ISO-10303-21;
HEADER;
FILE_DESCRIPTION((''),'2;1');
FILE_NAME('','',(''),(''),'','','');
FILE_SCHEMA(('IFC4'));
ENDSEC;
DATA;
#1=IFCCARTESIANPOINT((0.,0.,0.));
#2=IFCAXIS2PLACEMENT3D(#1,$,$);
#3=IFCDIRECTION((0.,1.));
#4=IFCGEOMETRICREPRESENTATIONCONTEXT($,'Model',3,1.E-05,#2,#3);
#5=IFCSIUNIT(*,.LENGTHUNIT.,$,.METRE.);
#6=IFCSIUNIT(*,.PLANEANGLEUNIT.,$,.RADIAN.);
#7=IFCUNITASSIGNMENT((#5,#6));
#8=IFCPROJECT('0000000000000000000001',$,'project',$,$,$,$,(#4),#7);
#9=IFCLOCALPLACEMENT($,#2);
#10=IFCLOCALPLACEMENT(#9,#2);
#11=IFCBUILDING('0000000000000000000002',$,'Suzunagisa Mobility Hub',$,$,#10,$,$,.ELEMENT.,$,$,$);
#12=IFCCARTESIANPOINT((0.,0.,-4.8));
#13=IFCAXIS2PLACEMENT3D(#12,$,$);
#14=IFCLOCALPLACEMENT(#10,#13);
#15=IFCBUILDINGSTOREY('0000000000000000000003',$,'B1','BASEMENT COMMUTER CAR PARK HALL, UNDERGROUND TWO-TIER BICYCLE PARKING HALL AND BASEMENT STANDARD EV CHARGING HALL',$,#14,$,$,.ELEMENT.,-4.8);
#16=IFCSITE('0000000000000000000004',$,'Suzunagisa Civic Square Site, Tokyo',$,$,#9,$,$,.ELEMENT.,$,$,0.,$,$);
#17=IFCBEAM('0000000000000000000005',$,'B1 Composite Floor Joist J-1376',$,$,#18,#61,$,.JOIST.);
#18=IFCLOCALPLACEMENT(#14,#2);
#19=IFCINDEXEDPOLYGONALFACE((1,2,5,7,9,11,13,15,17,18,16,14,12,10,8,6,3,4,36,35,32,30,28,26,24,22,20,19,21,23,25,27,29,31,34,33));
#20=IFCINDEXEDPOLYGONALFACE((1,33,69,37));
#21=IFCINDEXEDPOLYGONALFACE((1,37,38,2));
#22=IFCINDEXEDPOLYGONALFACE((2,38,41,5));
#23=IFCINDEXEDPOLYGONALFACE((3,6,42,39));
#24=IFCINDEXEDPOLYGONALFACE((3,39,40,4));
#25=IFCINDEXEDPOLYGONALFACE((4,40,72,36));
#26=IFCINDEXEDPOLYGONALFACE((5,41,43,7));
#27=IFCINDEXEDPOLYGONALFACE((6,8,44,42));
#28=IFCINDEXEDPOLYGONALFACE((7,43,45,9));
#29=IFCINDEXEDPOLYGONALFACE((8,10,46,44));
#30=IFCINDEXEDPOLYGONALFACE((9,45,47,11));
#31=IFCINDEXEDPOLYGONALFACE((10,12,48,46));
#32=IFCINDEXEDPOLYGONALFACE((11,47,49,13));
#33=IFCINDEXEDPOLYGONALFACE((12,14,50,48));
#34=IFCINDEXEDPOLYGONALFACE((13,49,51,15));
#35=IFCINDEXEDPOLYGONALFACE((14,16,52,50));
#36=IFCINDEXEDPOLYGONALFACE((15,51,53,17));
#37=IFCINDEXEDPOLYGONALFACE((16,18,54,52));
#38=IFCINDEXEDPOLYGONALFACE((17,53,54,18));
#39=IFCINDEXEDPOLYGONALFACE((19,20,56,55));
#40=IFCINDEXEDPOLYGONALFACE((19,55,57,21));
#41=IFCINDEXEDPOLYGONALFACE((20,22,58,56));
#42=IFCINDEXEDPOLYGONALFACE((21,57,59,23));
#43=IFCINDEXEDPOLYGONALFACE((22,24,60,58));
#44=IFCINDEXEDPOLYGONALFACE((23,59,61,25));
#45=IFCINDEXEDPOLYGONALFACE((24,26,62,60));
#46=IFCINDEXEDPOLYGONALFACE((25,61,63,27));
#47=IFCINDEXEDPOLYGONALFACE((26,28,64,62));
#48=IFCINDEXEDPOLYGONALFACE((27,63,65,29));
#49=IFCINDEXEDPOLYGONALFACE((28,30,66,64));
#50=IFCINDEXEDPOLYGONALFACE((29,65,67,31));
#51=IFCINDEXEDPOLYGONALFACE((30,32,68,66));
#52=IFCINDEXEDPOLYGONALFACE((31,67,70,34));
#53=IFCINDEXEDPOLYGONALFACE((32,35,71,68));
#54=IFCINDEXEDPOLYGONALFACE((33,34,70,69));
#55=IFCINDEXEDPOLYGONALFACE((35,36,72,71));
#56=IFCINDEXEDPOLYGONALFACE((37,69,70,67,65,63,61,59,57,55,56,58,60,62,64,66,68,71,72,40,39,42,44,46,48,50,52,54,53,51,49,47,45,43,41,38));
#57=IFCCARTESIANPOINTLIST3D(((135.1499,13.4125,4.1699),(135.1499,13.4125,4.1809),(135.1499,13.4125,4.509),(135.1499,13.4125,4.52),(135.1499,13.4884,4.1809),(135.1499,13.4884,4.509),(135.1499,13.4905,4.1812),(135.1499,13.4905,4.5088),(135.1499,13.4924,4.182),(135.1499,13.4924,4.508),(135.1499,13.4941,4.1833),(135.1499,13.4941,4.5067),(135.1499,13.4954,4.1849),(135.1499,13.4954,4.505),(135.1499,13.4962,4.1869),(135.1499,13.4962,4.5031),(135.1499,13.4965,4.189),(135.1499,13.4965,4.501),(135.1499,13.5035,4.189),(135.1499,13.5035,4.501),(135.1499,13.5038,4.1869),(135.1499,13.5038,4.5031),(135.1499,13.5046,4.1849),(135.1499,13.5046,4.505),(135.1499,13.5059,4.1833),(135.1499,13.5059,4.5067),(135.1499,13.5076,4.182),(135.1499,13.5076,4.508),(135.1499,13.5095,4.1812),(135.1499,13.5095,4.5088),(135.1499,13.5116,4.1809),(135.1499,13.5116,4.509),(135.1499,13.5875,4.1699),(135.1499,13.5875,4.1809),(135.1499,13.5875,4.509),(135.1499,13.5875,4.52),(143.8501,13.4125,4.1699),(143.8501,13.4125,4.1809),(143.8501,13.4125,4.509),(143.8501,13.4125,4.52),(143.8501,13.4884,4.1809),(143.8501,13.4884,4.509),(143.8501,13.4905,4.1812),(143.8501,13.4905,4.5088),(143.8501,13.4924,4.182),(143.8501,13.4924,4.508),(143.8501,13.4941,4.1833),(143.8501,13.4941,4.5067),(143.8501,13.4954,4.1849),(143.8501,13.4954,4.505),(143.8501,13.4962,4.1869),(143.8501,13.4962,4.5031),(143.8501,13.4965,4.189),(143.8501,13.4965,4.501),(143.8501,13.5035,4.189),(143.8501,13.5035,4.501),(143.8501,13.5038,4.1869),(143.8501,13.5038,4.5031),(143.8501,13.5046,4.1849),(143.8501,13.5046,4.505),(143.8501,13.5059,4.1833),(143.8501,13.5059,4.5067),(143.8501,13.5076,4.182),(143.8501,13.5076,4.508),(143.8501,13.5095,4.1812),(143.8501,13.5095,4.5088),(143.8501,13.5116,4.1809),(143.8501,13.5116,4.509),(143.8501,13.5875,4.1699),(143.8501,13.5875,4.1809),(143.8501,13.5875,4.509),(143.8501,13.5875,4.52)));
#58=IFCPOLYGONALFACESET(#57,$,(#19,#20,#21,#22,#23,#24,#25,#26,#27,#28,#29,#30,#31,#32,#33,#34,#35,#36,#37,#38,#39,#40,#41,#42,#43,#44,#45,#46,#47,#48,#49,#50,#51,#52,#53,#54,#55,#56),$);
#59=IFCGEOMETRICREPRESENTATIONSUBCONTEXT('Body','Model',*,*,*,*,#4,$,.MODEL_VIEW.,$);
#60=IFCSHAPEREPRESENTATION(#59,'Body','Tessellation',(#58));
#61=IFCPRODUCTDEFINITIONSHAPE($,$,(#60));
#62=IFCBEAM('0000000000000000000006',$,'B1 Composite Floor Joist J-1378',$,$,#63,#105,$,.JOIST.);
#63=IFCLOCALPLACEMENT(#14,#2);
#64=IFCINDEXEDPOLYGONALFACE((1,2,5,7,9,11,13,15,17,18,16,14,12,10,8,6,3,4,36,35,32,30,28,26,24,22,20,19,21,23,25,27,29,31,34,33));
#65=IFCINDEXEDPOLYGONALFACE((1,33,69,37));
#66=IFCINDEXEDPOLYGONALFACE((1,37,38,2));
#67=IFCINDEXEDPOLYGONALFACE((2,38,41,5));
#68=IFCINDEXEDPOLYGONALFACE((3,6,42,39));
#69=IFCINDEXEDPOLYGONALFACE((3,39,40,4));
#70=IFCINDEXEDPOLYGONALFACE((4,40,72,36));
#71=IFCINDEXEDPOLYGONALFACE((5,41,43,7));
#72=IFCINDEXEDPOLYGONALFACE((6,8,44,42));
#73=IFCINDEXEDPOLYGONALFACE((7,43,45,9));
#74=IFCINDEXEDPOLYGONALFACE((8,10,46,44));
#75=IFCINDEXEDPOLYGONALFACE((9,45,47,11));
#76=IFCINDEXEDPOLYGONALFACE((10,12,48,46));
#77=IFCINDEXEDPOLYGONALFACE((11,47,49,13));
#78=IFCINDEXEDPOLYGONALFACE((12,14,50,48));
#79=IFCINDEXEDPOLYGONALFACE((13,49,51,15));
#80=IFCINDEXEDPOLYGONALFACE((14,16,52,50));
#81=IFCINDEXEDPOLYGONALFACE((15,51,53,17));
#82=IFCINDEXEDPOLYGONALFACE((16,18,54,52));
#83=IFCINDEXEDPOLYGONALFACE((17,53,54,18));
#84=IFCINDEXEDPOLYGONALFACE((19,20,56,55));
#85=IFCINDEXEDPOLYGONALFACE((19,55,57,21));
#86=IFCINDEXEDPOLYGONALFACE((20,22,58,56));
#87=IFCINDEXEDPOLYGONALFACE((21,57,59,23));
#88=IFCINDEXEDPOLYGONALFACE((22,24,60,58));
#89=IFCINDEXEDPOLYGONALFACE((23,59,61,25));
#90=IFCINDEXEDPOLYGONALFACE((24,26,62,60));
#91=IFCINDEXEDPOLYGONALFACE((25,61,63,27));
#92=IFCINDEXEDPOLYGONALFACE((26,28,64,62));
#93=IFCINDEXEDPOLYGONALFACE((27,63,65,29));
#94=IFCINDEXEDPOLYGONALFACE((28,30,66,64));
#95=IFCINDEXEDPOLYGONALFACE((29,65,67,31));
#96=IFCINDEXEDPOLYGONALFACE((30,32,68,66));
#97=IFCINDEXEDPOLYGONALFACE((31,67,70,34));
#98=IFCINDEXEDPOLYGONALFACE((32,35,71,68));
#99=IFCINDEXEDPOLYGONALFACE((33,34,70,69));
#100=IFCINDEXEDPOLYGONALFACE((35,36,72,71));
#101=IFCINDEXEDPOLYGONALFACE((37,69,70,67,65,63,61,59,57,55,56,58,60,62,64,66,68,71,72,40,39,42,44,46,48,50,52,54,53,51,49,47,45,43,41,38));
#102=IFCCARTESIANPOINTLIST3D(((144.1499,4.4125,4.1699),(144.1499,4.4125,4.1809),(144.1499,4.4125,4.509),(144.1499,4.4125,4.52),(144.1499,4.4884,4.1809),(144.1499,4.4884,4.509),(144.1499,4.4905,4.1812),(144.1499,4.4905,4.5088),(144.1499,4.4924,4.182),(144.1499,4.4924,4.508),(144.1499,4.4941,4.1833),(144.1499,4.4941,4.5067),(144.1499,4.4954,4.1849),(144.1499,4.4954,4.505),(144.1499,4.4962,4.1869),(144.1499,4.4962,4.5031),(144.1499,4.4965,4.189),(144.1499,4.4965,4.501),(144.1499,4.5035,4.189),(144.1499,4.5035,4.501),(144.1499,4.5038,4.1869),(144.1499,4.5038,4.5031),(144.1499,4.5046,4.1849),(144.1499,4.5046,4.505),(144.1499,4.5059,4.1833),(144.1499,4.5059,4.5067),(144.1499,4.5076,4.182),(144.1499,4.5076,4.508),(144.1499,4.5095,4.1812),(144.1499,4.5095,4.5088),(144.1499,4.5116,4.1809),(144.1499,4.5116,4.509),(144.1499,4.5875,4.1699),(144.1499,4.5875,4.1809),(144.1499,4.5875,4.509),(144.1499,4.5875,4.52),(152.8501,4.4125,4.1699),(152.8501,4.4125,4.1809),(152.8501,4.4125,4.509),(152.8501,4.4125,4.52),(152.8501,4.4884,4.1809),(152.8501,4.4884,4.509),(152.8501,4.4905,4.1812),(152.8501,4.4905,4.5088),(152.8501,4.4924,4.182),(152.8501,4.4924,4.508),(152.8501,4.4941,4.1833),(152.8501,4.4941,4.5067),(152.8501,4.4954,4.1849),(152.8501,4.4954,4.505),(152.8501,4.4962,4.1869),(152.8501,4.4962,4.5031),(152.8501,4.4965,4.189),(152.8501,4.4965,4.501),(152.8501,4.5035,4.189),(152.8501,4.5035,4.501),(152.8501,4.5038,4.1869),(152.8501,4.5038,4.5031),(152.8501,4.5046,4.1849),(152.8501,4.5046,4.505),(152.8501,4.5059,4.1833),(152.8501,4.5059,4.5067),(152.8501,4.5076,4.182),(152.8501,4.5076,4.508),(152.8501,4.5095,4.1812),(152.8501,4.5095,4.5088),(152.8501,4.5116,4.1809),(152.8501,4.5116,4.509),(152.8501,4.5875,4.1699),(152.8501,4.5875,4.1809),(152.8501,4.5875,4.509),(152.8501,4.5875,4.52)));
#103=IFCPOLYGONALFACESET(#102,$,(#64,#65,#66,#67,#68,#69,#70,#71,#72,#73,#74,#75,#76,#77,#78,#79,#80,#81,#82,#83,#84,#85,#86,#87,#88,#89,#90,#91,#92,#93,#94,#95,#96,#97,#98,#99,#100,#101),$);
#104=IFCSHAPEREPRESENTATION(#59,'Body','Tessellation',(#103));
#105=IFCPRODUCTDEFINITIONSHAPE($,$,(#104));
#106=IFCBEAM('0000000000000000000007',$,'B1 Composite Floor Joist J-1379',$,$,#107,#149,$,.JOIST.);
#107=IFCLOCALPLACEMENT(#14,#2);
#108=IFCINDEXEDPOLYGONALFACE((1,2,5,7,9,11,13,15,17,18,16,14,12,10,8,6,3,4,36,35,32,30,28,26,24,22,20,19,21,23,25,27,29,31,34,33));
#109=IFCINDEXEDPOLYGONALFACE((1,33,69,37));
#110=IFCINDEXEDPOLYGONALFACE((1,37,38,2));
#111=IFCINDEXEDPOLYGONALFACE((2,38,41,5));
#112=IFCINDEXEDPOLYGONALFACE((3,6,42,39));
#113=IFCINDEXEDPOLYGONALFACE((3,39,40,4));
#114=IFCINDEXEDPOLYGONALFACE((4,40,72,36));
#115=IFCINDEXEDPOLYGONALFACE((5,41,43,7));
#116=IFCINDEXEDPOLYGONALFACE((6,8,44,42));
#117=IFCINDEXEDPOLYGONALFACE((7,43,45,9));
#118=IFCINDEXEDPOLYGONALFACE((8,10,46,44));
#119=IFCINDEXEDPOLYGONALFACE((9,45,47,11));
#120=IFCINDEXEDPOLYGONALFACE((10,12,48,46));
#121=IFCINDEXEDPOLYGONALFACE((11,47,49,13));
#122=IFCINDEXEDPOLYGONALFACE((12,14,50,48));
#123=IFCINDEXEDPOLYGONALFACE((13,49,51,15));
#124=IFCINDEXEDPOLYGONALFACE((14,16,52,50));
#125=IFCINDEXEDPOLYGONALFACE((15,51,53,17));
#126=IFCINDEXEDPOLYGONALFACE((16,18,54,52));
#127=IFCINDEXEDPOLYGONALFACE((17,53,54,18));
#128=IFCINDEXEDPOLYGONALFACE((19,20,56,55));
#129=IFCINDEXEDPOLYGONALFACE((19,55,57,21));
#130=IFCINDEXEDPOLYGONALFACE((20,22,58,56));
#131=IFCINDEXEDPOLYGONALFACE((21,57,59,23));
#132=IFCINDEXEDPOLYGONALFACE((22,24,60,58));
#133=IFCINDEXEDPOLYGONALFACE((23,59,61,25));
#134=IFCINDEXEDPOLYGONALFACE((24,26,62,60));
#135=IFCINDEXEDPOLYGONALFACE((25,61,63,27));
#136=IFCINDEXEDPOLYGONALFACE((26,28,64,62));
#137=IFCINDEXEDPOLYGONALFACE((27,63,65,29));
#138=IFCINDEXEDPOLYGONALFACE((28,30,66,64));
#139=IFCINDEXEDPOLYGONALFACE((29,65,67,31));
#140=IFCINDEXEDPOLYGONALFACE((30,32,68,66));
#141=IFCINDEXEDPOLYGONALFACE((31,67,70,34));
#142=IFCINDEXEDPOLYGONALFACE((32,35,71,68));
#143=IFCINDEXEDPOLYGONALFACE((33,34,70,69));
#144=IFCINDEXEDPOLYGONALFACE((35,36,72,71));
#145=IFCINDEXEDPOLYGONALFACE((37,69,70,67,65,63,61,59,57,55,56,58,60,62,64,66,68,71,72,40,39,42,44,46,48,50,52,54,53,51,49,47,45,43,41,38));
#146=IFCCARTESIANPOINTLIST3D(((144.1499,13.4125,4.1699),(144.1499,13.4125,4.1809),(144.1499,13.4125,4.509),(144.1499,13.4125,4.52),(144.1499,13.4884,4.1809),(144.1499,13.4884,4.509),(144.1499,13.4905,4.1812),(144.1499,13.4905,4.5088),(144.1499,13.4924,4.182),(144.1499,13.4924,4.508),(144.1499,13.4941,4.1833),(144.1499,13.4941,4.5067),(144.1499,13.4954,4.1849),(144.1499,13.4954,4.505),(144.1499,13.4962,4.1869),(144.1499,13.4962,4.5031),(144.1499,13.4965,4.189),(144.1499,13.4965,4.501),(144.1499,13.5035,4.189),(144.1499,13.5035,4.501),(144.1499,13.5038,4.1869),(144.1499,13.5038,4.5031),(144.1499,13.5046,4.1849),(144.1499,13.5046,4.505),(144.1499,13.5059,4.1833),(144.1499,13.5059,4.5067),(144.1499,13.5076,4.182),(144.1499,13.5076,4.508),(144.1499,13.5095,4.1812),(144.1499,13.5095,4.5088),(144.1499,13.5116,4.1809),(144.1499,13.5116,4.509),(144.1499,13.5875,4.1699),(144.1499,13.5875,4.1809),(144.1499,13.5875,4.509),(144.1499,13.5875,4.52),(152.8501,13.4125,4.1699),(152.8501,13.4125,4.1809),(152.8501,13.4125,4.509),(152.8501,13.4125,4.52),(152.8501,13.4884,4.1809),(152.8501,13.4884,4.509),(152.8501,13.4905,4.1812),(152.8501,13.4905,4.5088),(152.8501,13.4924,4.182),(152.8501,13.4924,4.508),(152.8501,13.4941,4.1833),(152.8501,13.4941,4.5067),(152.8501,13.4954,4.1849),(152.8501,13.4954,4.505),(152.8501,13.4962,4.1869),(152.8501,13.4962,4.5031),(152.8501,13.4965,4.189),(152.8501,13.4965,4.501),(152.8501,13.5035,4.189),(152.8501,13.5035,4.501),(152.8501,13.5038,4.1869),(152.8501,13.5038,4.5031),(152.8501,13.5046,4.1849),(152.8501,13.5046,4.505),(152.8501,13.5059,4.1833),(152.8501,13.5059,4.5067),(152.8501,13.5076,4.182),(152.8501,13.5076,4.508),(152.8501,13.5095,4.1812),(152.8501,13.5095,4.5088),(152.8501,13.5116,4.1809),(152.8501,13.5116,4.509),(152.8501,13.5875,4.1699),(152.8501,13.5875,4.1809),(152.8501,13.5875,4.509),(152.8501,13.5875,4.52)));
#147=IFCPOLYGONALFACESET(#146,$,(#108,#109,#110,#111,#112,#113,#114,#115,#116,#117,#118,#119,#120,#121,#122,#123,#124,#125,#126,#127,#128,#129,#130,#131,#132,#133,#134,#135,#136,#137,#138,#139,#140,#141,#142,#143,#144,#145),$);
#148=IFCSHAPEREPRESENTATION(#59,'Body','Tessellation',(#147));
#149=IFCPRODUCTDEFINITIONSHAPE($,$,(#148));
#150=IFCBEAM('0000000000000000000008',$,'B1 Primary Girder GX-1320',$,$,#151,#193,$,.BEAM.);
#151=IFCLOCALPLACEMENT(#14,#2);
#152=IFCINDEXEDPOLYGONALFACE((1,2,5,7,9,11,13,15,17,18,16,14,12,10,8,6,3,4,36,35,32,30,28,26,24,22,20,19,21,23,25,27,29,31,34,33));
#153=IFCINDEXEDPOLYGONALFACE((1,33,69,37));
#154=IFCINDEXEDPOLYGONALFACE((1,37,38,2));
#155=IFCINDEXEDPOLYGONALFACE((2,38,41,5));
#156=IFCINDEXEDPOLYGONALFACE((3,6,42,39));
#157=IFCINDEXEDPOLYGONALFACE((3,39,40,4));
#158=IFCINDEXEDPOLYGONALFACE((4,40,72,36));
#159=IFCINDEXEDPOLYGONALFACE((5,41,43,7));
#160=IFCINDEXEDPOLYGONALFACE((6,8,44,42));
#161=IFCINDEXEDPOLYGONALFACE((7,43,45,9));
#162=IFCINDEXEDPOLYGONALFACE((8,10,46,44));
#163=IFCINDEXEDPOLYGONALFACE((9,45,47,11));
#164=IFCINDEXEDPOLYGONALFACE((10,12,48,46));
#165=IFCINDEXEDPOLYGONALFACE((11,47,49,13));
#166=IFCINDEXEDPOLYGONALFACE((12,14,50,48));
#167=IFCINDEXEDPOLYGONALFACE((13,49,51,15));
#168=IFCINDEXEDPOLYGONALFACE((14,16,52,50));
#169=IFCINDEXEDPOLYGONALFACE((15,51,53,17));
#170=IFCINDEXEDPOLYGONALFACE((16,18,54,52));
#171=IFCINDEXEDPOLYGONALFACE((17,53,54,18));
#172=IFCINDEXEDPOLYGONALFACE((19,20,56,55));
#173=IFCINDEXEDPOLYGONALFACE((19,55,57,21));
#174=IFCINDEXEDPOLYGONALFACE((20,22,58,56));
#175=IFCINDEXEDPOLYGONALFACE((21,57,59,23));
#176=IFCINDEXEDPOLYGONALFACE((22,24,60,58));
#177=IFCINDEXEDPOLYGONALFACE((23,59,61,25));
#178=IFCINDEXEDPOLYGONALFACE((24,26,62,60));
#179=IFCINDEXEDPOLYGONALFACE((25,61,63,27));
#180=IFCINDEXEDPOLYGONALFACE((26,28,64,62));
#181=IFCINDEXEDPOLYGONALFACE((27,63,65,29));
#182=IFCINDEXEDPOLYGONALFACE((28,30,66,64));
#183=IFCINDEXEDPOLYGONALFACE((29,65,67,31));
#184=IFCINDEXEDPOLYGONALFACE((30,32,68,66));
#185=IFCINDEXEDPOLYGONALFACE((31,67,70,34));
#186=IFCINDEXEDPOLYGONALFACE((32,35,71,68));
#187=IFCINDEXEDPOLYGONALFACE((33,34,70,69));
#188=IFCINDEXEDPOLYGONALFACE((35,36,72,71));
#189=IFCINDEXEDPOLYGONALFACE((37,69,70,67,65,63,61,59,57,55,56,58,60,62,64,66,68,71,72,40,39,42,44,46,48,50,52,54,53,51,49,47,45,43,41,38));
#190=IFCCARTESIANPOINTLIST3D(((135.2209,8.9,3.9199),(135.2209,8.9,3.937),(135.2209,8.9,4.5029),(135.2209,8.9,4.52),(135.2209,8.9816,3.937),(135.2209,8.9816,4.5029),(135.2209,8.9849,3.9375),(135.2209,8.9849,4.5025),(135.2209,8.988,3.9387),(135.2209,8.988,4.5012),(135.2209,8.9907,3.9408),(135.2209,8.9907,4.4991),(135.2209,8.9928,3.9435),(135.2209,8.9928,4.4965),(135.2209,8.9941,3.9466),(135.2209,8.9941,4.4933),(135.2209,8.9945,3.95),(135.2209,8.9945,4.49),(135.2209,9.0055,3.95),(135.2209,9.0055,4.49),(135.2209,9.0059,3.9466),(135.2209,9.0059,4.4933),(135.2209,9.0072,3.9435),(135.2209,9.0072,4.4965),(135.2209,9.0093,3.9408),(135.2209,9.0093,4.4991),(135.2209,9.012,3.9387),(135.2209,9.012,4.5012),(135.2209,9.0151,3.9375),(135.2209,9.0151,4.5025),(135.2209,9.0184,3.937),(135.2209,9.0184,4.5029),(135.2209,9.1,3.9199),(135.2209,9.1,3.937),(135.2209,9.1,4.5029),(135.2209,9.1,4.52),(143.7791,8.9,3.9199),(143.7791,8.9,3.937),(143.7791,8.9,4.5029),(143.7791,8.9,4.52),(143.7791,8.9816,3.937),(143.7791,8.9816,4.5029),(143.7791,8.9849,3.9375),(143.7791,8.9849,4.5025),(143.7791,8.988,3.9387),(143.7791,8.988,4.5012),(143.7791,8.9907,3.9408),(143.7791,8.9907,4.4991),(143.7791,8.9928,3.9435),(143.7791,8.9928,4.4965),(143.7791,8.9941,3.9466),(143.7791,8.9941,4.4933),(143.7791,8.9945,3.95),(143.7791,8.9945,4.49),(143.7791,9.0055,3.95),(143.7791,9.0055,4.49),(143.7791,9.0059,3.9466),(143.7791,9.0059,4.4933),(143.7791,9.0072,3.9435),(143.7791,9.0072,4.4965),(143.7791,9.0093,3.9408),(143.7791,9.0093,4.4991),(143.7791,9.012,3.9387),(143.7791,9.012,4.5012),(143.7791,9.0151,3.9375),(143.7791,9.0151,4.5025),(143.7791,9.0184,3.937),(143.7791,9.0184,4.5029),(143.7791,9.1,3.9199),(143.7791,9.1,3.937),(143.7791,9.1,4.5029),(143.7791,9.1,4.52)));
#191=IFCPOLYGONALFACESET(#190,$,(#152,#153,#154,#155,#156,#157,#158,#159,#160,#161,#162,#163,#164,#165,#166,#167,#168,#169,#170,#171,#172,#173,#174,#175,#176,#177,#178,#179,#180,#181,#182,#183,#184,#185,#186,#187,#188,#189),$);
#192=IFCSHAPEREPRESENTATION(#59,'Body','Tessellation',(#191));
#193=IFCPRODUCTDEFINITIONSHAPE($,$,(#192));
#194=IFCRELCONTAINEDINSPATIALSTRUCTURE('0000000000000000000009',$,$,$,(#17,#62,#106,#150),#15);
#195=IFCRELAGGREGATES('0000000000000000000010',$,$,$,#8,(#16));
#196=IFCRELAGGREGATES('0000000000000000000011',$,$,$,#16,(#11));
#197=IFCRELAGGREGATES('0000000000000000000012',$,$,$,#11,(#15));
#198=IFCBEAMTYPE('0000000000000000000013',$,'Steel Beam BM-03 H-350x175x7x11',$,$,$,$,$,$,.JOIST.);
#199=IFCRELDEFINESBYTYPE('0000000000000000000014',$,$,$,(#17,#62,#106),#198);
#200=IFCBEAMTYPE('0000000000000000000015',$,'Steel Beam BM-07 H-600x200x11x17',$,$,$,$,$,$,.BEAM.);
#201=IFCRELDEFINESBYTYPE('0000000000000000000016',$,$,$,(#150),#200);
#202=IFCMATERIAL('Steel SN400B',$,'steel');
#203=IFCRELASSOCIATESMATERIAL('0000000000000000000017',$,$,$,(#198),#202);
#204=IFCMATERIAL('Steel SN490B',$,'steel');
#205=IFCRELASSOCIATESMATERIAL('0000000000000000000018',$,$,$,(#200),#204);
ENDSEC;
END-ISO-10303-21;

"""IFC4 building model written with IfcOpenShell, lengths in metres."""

from ifc_helpers import new_model, si_unit, direction, frame, origin, origin_2d, place, context, subcontext, project, spatial, i_section, extrude, material, material_profile, profile_set, type_object, element, save


model = new_model("IFC4")

# Units and contexts
model_context = context("Model", 3, precision=1e-05, world=origin(), true_north=direction((0.0, 1.0)))
body_context = subcontext(model_context, "Body", "Model", "MODEL_VIEW")
ifc_project = project(units=[si_unit("LENGTHUNIT", "METRE"), si_unit("PLANEANGLEUNIT", "RADIAN")], contexts=[model_context])

# Site, building, storey
site_placement = place(None, origin())
site = spatial("IfcSite", under=ifc_project, at=site_placement, Name="Suzunagisa Civic Square Site, Tokyo", CompositionType="ELEMENT", RefElevation=0.0)
building_placement = place(site_placement, origin())
building = spatial("IfcBuilding", under=site, at=building_placement, Name="Suzunagisa Mobility Hub", CompositionType="ELEMENT")
storey_placement = place(building_placement, frame((0.0, 0.0, -4.8)))
storey = spatial("IfcBuildingStorey", under=building, at=storey_placement, Name="B1", Description="BASEMENT COMMUTER CAR PARK HALL, UNDERGROUND TWO-TIER BICYCLE PARKING HALL AND BASEMENT STANDARD EV CHARGING HALL", CompositionType="ELEMENT", Elevation=-4.8)

# Shared definitions
ifc_material_1 = material(Name="Steel SN490B", Category="steel")

# Beams
ifc_material_2 = material(Name="Steel SN400B", Category="steel")
ifc_material_profile_1 = material_profile(ifc_material_2, i_section(OverallWidth=0.175, OverallDepth=0.3501, WebThickness=0.0071, FlangeThickness=0.011, FilletRadius=0.0081, at=origin_2d()), Name="H-350x175x7x11")
ifc_profile_set_1 = profile_set([ifc_material_profile_1], Name="Steel SN400B")
beam_type_1 = type_object("IfcBeamType", Name="Steel Beam BM-03 H-350x175x7x11", PredefinedType="JOIST", material=ifc_profile_set_1)
for number, where, z_axis, x_axis, name in (
    (1, (135.1499, 13.5, 4.345), (1.0, 0.0, 0.0), (0.0, 1.0, 0.0), "B1 Composite Floor Joist J-1376"),
    (2, (144.1499, 4.5, 4.345), (1.0, 0.0, 0.0), (0.0, 1.0, 0.0), "B1 Composite Floor Joist J-1378"),
    (3, (144.1499, 13.5, 4.345), (1.0, 0.0, 0.0), (0.0, 1.0, 0.0), "B1 Composite Floor Joist J-1379"),
):
    element("IfcBeam", number, at=place(storey_placement, frame(where, z_axis=z_axis, x_axis=x_axis)), inside=storey, type_object=beam_type_1, Name=name, PredefinedType="JOIST", context=body_context, shape_type="SweptSolid", body=[
        extrude(i_section(OverallWidth=0.175, OverallDepth=0.3501, WebThickness=0.0071, FlangeThickness=0.011, FilletRadius=0.0081, at=origin_2d()), origin(), (0.0, 0.0, 1.0), 8.7002),
    ])
ifc_material_profile_2 = material_profile(ifc_material_1, i_section(OverallWidth=0.2, OverallDepth=0.6001, WebThickness=0.011, FlangeThickness=0.0171, FilletRadius=0.0129, at=origin_2d()), Name="H-600x200x11x17")
ifc_profile_set_2 = profile_set([ifc_material_profile_2], Name="Steel SN490B")
beam_type_2 = type_object("IfcBeamType", Name="Steel Beam BM-07 H-600x200x11x17", PredefinedType="BEAM", material=ifc_profile_set_2)
beam_1_placement = place(storey_placement, frame((135.2209, 9.0, 4.22), z_axis=(1.0, 0.0, 0.0), x_axis=(0.0, 1.0, 0.0)))
element("IfcBeam", 4, at=beam_1_placement, inside=storey, type_object=beam_type_2, Name="B1 Primary Girder GX-1320", PredefinedType="BEAM", context=body_context, shape_type="SweptSolid", body=[
    extrude(i_section(OverallWidth=0.2, OverallDepth=0.6001, WebThickness=0.011, FlangeThickness=0.0171, FilletRadius=0.0129, at=origin_2d()), origin(), (0.0, 0.0, 1.0), 8.5581),
])

save(model, "model.ifc")
